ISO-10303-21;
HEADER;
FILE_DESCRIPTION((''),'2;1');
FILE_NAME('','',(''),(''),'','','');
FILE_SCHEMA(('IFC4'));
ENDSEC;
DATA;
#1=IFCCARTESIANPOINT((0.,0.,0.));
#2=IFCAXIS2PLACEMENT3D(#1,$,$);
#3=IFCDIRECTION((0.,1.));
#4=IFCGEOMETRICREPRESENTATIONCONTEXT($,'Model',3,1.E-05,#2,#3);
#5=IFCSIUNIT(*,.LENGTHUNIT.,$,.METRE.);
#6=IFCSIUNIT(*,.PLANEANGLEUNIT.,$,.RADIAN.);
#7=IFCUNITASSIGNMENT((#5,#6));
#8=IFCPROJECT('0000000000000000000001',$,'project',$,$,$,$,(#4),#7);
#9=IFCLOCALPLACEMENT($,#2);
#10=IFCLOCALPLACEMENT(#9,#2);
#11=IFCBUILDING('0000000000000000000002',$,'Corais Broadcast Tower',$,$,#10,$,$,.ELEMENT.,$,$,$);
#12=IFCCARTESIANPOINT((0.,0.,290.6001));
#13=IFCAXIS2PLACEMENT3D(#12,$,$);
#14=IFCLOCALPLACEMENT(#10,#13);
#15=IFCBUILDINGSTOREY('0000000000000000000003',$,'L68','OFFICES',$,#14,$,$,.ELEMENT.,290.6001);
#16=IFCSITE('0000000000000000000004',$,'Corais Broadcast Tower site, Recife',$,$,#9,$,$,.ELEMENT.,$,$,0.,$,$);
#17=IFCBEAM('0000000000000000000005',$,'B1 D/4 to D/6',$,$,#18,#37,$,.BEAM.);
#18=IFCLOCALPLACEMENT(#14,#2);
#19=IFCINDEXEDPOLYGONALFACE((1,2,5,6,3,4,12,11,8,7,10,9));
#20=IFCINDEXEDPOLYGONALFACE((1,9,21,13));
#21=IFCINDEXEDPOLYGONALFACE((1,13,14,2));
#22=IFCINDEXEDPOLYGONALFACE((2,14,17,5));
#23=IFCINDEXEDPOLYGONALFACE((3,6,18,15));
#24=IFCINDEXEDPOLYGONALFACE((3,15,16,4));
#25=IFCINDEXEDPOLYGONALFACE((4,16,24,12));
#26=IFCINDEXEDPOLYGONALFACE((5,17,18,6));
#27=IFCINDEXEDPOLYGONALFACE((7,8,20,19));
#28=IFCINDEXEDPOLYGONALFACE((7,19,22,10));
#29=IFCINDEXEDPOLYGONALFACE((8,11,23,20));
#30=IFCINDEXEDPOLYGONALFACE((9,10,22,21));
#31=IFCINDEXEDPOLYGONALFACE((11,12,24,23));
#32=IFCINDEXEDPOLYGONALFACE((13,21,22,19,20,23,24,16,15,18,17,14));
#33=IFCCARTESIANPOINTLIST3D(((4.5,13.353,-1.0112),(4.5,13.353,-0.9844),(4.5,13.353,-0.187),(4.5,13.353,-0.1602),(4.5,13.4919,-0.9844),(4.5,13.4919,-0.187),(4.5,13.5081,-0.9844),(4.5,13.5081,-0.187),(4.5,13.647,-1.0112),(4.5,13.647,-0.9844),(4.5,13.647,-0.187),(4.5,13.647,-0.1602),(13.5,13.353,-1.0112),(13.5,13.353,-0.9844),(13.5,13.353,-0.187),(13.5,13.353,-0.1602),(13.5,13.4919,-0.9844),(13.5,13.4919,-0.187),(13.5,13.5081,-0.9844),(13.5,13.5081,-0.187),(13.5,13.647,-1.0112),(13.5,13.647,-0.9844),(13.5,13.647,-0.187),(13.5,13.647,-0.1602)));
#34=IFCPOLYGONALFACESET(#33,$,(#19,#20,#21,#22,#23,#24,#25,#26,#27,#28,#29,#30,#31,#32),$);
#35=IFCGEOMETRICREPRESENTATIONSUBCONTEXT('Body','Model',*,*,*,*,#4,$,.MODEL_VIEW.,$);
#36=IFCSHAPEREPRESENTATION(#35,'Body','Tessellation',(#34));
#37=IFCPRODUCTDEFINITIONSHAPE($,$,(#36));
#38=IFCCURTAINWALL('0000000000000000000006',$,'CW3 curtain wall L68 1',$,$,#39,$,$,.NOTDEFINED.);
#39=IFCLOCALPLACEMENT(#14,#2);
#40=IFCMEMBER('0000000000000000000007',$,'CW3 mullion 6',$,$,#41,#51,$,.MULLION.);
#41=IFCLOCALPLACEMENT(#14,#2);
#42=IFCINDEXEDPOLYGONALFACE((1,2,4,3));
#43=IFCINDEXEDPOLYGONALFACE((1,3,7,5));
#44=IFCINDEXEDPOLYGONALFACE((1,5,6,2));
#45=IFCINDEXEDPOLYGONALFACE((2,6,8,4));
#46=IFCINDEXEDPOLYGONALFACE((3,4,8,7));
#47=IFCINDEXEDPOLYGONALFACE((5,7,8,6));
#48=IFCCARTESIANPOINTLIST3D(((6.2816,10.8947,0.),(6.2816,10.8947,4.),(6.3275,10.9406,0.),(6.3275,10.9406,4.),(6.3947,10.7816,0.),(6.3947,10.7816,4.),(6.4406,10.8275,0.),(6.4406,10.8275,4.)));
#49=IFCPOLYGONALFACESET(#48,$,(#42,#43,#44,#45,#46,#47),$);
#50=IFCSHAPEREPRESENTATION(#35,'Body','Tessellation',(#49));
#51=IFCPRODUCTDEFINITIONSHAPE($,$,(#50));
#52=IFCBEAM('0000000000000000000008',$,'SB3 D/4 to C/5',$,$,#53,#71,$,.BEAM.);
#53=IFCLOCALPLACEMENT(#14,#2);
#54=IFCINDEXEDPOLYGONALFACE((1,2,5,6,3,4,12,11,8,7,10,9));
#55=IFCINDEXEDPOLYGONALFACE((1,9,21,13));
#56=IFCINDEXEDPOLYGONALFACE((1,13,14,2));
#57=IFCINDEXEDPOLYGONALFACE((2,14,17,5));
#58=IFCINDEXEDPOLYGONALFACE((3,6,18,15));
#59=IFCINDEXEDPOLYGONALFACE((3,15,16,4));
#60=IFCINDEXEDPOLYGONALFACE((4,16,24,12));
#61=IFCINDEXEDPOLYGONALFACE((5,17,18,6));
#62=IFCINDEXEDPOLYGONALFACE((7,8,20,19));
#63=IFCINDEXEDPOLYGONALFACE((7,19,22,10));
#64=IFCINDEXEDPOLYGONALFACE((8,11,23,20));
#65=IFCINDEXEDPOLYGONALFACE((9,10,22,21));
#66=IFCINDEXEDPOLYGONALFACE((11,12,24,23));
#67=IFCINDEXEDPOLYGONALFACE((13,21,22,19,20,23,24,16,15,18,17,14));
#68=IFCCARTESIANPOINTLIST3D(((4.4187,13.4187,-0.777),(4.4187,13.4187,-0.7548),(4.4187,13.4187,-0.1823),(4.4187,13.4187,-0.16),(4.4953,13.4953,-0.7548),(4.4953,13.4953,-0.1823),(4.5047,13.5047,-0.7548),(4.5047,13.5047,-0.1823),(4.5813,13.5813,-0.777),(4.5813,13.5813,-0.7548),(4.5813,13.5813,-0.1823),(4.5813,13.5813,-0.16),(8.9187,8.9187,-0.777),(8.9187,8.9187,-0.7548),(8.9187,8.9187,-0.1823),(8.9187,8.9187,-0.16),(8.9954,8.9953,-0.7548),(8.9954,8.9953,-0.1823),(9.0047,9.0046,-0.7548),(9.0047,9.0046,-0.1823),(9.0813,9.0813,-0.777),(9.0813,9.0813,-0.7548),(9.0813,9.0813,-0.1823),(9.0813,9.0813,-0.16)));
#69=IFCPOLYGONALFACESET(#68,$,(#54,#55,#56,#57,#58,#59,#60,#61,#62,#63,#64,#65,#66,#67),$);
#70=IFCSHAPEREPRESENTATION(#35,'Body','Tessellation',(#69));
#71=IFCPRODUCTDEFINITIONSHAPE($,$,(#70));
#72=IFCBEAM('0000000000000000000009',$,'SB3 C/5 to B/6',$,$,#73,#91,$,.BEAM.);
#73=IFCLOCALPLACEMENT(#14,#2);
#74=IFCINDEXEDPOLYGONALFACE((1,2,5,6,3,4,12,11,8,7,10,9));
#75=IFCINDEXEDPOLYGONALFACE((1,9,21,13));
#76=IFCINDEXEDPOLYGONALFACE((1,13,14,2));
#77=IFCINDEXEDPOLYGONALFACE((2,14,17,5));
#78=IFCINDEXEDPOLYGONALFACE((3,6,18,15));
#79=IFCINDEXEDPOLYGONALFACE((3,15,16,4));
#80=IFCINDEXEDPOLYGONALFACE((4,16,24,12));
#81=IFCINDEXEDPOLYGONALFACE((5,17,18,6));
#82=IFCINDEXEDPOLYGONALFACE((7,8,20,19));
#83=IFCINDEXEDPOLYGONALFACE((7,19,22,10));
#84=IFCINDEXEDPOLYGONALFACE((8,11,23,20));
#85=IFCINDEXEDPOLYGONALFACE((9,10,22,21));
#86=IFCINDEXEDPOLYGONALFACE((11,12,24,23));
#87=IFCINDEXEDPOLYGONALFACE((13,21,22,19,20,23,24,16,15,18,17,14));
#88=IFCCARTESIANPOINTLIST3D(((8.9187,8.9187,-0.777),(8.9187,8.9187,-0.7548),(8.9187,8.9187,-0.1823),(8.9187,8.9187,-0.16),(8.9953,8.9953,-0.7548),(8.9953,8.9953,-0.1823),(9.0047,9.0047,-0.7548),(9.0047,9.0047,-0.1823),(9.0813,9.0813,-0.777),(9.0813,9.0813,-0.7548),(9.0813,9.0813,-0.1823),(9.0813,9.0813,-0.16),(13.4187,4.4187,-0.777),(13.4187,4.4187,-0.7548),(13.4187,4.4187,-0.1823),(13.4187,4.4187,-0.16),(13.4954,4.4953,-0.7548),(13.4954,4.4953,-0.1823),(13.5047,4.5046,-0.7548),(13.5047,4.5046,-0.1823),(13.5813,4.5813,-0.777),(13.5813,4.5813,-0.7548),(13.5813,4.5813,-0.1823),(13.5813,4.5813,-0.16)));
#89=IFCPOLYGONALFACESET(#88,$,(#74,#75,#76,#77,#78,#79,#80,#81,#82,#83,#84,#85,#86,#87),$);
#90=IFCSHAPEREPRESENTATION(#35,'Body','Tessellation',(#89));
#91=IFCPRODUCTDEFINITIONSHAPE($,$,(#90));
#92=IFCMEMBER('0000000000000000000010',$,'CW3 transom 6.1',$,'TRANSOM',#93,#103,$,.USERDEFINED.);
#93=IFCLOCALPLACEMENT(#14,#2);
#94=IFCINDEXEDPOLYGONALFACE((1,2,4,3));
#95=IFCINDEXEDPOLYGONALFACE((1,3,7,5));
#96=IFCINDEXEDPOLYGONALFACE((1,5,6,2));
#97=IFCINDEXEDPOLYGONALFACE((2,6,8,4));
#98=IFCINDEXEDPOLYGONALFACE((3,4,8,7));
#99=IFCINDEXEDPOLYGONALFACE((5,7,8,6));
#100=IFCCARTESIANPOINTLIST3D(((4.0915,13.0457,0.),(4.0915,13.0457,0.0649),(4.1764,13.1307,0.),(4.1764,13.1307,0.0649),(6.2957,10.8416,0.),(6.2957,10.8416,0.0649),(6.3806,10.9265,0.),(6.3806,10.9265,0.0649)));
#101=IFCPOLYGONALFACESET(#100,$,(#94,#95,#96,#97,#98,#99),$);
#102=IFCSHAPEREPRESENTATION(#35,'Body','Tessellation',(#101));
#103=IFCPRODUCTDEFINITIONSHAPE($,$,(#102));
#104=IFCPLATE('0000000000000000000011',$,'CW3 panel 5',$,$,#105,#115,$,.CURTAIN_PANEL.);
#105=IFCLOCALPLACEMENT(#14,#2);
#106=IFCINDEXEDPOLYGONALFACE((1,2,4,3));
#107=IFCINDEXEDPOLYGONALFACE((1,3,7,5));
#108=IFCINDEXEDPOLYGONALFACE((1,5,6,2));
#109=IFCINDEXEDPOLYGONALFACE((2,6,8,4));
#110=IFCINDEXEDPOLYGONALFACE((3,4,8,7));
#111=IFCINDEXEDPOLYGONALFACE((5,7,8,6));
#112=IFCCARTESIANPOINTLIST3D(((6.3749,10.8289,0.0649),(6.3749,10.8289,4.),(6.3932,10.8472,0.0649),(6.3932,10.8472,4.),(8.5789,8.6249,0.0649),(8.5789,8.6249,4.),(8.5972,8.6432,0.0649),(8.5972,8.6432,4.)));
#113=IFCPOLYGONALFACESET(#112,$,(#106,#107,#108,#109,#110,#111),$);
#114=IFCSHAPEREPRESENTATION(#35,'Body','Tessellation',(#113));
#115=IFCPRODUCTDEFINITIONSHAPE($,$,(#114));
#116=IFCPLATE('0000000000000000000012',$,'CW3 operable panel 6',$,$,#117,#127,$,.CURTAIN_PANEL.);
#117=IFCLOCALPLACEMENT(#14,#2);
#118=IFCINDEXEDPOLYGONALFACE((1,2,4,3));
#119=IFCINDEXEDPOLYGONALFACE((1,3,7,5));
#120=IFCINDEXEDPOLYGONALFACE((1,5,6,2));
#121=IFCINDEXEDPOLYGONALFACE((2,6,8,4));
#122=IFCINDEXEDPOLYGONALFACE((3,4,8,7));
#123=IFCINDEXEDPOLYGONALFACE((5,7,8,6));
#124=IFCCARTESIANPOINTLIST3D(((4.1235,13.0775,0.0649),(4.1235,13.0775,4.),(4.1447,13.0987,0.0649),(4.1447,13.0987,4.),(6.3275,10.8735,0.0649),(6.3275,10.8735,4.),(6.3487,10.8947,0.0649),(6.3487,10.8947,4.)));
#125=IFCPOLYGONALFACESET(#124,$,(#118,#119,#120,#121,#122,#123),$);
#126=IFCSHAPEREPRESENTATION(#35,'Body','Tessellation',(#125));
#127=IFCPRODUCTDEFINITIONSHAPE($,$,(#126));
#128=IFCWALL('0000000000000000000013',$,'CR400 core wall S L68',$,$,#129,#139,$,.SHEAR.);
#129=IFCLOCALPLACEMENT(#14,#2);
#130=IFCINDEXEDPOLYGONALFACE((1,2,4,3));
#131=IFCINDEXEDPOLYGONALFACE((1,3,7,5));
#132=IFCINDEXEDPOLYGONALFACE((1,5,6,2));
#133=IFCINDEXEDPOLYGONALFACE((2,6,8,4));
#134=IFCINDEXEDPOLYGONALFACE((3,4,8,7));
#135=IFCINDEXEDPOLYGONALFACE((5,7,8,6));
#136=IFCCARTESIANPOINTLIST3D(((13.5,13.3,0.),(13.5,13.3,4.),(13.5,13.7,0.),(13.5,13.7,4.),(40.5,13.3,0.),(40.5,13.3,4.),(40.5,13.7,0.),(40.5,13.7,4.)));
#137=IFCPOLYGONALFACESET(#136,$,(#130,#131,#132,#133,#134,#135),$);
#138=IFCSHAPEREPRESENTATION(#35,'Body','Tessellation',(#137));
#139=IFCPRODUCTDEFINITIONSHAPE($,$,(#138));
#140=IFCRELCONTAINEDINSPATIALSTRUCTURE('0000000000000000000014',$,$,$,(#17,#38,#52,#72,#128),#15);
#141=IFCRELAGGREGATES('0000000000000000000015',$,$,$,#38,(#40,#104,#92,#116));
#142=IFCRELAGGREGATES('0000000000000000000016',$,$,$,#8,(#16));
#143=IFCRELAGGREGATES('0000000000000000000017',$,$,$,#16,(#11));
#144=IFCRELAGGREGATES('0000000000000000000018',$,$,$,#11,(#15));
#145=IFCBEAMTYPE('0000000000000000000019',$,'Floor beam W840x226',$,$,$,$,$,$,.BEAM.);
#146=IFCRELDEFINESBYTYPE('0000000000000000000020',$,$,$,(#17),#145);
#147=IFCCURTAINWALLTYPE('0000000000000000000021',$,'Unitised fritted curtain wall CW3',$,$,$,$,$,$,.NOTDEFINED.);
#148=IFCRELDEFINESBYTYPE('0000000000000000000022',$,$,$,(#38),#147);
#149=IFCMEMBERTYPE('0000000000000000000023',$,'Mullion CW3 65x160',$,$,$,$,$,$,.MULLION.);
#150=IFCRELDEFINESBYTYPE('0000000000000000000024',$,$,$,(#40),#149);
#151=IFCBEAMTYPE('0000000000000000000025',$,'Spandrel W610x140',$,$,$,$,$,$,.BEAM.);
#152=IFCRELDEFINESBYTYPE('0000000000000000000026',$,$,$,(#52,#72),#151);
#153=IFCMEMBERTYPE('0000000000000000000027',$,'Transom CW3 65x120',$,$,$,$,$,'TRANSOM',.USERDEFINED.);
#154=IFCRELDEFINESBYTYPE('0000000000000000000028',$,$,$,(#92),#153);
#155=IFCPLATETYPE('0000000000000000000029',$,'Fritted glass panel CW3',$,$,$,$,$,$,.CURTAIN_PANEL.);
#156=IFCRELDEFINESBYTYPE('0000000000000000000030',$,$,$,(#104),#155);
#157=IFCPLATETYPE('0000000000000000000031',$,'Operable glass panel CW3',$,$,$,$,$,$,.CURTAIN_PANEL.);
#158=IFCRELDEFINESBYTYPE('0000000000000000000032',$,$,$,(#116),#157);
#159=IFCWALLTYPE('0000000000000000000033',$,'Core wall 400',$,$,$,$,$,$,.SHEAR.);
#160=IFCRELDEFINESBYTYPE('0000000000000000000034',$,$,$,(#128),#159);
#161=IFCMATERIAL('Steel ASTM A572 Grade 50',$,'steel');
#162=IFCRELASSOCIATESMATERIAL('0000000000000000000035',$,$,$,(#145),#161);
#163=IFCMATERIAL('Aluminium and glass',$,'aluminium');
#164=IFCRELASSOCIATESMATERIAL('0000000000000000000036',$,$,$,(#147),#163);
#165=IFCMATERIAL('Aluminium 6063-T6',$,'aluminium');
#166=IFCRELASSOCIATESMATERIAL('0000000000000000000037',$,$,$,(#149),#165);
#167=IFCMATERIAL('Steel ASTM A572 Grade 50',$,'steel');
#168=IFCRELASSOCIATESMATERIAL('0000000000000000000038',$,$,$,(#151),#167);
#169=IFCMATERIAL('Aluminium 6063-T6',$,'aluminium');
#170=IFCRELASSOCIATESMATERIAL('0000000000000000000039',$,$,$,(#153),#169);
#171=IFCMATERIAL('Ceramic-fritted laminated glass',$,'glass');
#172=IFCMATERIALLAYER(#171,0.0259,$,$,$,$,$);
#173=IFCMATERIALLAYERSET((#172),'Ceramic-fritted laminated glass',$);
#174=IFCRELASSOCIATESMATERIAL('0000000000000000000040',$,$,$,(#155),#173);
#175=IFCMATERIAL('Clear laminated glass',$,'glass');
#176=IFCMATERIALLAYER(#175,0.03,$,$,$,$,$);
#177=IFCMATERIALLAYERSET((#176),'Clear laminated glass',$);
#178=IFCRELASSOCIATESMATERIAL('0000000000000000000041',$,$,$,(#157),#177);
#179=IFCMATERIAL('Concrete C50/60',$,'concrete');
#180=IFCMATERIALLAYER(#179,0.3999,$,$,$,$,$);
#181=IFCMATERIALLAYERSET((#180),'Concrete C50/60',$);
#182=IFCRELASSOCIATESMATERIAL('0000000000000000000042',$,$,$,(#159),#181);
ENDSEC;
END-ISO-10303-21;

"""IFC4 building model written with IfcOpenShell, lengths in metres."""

from ifc_helpers import new_model, si_unit, direction, frame, frame_2d, origin, origin_2d, place, context, subcontext, project, spatial, rectangle, i_section, extrude, material, layer, layer_set, material_profile, profile_set, type_object, element, aggregate, save


model = new_model("IFC4")

# Units and contexts
model_context = context("Model", 3, precision=1e-05, world=origin(), true_north=direction((0.0, 1.0)))
body_context = subcontext(model_context, "Body", "Model", "MODEL_VIEW")
ifc_project = project(units=[si_unit("LENGTHUNIT", "METRE"), si_unit("PLANEANGLEUNIT", "RADIAN")], contexts=[model_context])

# Site, building, storey
site_placement = place(None, origin())
site = spatial("IfcSite", under=ifc_project, at=site_placement, Name="Corais Broadcast Tower site, Recife", CompositionType="ELEMENT", RefElevation=0.0)
building_placement = place(site_placement, origin())
building = spatial("IfcBuilding", under=site, at=building_placement, Name="Corais Broadcast Tower", CompositionType="ELEMENT")
storey_placement = place(building_placement, frame((0.0, 0.0, 290.6001)))
storey = spatial("IfcBuildingStorey", under=building, at=storey_placement, Name="L68", Description="OFFICES", CompositionType="ELEMENT", Elevation=290.6001)

# Beam
ifc_material_1 = material(Name="Steel ASTM A572 Grade 50", Category="steel")
ifc_material_profile_1 = material_profile(ifc_material_1, i_section(OverallWidth=0.2939, OverallDepth=0.8511, WebThickness=0.0161, FlangeThickness=0.0269, at=origin_2d()), Name="W840x226")
ifc_profile_set_1 = profile_set([ifc_material_profile_1], Name="Steel ASTM A572 Grade 50")
beam_type_1 = type_object("IfcBeamType", Name="Floor beam W840x226", PredefinedType="BEAM", material=ifc_profile_set_1)
beam_placement = place(storey_placement, frame((4.5, 13.5, -0.5857), z_axis=(1.0, 0.0, 0.0), x_axis=(0.0, 1.0, 0.0)))
element("IfcBeam", 1, at=beam_placement, inside=storey, type_object=beam_type_1, Name="B1 D/4 to D/6", PredefinedType="BEAM", context=body_context, shape_type="SweptSolid", body=[
    extrude(i_section(OverallWidth=0.2939, OverallDepth=0.8511, WebThickness=0.0161, FlangeThickness=0.0269, at=origin_2d()), origin(), (0.0, 0.0, 1.0), 9.0),
])

# Curtain wall, member
ifc_material_2 = material(Name="Aluminium and glass", Category="aluminium")
curtain_wall_type = type_object("IfcCurtainWallType", Name="Unitised fritted curtain wall CW3", PredefinedType="NOTDEFINED", material=ifc_material_2)
curtain_wall_placement = place(storey_placement, origin())
curtain_wall = element("IfcCurtainWall", 2, at=curtain_wall_placement, inside=storey, type_object=curtain_wall_type, Name="CW3 curtain wall L68 1", PredefinedType="NOTDEFINED")
ifc_material_3 = material(Name="Aluminium 6063-T6", Category="aluminium")
ifc_material_profile_2 = material_profile(ifc_material_3, rectangle(XDim=0.0649, YDim=0.1599, at=origin_2d()), Name="Mullion CW3 65x160")
ifc_profile_set_2 = profile_set([ifc_material_profile_2], Name="Aluminium 6063-T6")
member_type_1 = type_object("IfcMemberType", Name="Mullion CW3 65x160", PredefinedType="MULLION", material=ifc_profile_set_2)
member_1_placement = place(storey_placement, frame((6.3611, 10.8611, 0.0), z_axis=(0.0, 0.0, 1.0), x_axis=(-0.707107, -0.707107, 0.0)))
member_1 = element("IfcMember", 3, at=member_1_placement, type_object=member_type_1, Name="CW3 mullion 6", PredefinedType="MULLION", context=body_context, shape_type="SweptSolid", body=[
    extrude(rectangle(XDim=0.0649, YDim=0.1599, at=origin_2d()), origin(), (0.0, 0.0, 1.0), 4.0),
])

# Beams
ifc_material_4 = material(Name="Steel ASTM A572 Grade 50", Category="steel")
ifc_material_profile_3 = material_profile(ifc_material_4, i_section(OverallWidth=0.23, OverallDepth=0.6169, WebThickness=0.0132, FlangeThickness=0.0222, at=origin_2d()), Name="W610x140")
ifc_profile_set_3 = profile_set([ifc_material_profile_3], Name="Steel ASTM A572 Grade 50")
beam_type_2 = type_object("IfcBeamType", Name="Spandrel W610x140", PredefinedType="BEAM", material=ifc_profile_set_3)
for number, where, z_axis, x_axis, name in (
    (4, (4.5, 13.5, -0.4685), (0.707107, -0.707107, 0.0), (0.707107, 0.707107, 0.0), "SB3 D/4 to C/5"),
    (5, (9.0, 9.0, -0.4685), (0.707107, -0.707107, 0.0), (0.707107, 0.707107, 0.0), "SB3 C/5 to B/6"),
):
    element("IfcBeam", number, at=place(storey_placement, frame(where, z_axis=z_axis, x_axis=x_axis)), inside=storey, type_object=beam_type_2, Name=name, PredefinedType="BEAM", context=body_context, shape_type="SweptSolid", body=[
        extrude(i_section(OverallWidth=0.23, OverallDepth=0.6169, WebThickness=0.0132, FlangeThickness=0.0222, at=origin_2d()), origin(), (0.0, 0.0, 1.0), 6.364),
    ])

# Member
ifc_material_5 = material(Name="Aluminium 6063-T6", Category="aluminium")
ifc_material_profile_4 = material_profile(ifc_material_5, rectangle(XDim=0.1201, YDim=0.0649, at=origin_2d()), Name="Transom CW3 65x120")
ifc_profile_set_4 = profile_set([ifc_material_profile_4], Name="Aluminium 6063-T6")
member_type_2 = type_object("IfcMemberType", Name="Transom CW3 65x120", ElementType="TRANSOM", PredefinedType="USERDEFINED", material=ifc_profile_set_4)
member_2_placement = place(storey_placement, frame((6.3381, 10.884, 0.0325), z_axis=(-0.707107, 0.707107, 0.0), x_axis=(-0.707107, -0.707107, 0.0)))
member_2 = element("IfcMember", 6, at=member_2_placement, type_object=member_type_2, Name="CW3 transom 6.1", ObjectType="TRANSOM", PredefinedType="USERDEFINED", context=body_context, shape_type="SweptSolid", body=[
    extrude(rectangle(XDim=0.1201, YDim=0.0649, at=origin_2d()), origin(), (0.0, 0.0, 1.0), 3.1172),
])

# Plates
ifc_material_6 = material(Name="Ceramic-fritted laminated glass", Category="glass")
ifc_layer_1 = layer(ifc_material_6, 0.0259)
ifc_layer_set_1 = layer_set([ifc_layer_1], Name="Ceramic-fritted laminated glass")
plate_type_1 = type_object("IfcPlateType", Name="Fritted glass panel CW3", PredefinedType="CURTAIN_PANEL", material=ifc_layer_set_1)
plate_1_placement = place(storey_placement, frame((7.4861, 9.7361, 0.0649), z_axis=(0.0, 0.0, 1.0), x_axis=(-0.707107, 0.707107, 0.0)))
plate_1 = element("IfcPlate", 7, at=plate_1_placement, type_object=plate_type_1, Name="CW3 panel 5", PredefinedType="CURTAIN_PANEL", context=body_context, shape_type="SweptSolid", body=[
    extrude(rectangle(XDim=3.1169, YDim=0.0259, at=origin_2d()), origin(), (0.0, 0.0, 1.0), 3.9351),
])
ifc_material_7 = material(Name="Clear laminated glass", Category="glass")
ifc_layer_2 = layer(ifc_material_7, 0.03)
ifc_layer_set_2 = layer_set([ifc_layer_2], Name="Clear laminated glass")
plate_type_2 = type_object("IfcPlateType", Name="Operable glass panel CW3", PredefinedType="CURTAIN_PANEL", material=ifc_layer_set_2)
plate_2_placement = place(storey_placement, frame((5.2361, 11.9861, 0.0649), z_axis=(0.0, 0.0, 1.0), x_axis=(-0.707107, 0.707107, 0.0)))
plate_2 = element("IfcPlate", 8, at=plate_2_placement, type_object=plate_type_2, Name="CW3 operable panel 6", PredefinedType="CURTAIN_PANEL", context=body_context, shape_type="SweptSolid", body=[
    extrude(rectangle(XDim=3.1169, YDim=0.03, at=origin_2d()), origin(), (0.0, 0.0, 1.0), 3.9351),
])
aggregate(curtain_wall, [member_1, plate_1, member_2, plate_2])

# Wall
ifc_material_8 = material(Name="Concrete C50/60", Category="concrete")
ifc_layer_3 = layer(ifc_material_8, 0.3999)
ifc_layer_set_3 = layer_set([ifc_layer_3], Name="Concrete C50/60")
wall_type_1 = type_object("IfcWallType", Name="Core wall 400", PredefinedType="SHEAR", material=ifc_layer_set_3)
wall_1_placement = place(storey_placement, frame((13.5, 13.5, 0.0), z_axis=(0.0, 0.0, 1.0), x_axis=(1.0, 0.0, 0.0)))
element("IfcWall", 9, at=wall_1_placement, inside=storey, type_object=wall_type_1, Name="CR400 core wall S L68", PredefinedType="SHEAR", context=body_context, shape_type="SweptSolid", body=[
    extrude(rectangle(XDim=27.0, YDim=0.3999, at=frame_2d((13.5, 0.0))), origin(), (0.0, 0.0, 1.0), 4.0),
])

save(model, "model.ifc")
